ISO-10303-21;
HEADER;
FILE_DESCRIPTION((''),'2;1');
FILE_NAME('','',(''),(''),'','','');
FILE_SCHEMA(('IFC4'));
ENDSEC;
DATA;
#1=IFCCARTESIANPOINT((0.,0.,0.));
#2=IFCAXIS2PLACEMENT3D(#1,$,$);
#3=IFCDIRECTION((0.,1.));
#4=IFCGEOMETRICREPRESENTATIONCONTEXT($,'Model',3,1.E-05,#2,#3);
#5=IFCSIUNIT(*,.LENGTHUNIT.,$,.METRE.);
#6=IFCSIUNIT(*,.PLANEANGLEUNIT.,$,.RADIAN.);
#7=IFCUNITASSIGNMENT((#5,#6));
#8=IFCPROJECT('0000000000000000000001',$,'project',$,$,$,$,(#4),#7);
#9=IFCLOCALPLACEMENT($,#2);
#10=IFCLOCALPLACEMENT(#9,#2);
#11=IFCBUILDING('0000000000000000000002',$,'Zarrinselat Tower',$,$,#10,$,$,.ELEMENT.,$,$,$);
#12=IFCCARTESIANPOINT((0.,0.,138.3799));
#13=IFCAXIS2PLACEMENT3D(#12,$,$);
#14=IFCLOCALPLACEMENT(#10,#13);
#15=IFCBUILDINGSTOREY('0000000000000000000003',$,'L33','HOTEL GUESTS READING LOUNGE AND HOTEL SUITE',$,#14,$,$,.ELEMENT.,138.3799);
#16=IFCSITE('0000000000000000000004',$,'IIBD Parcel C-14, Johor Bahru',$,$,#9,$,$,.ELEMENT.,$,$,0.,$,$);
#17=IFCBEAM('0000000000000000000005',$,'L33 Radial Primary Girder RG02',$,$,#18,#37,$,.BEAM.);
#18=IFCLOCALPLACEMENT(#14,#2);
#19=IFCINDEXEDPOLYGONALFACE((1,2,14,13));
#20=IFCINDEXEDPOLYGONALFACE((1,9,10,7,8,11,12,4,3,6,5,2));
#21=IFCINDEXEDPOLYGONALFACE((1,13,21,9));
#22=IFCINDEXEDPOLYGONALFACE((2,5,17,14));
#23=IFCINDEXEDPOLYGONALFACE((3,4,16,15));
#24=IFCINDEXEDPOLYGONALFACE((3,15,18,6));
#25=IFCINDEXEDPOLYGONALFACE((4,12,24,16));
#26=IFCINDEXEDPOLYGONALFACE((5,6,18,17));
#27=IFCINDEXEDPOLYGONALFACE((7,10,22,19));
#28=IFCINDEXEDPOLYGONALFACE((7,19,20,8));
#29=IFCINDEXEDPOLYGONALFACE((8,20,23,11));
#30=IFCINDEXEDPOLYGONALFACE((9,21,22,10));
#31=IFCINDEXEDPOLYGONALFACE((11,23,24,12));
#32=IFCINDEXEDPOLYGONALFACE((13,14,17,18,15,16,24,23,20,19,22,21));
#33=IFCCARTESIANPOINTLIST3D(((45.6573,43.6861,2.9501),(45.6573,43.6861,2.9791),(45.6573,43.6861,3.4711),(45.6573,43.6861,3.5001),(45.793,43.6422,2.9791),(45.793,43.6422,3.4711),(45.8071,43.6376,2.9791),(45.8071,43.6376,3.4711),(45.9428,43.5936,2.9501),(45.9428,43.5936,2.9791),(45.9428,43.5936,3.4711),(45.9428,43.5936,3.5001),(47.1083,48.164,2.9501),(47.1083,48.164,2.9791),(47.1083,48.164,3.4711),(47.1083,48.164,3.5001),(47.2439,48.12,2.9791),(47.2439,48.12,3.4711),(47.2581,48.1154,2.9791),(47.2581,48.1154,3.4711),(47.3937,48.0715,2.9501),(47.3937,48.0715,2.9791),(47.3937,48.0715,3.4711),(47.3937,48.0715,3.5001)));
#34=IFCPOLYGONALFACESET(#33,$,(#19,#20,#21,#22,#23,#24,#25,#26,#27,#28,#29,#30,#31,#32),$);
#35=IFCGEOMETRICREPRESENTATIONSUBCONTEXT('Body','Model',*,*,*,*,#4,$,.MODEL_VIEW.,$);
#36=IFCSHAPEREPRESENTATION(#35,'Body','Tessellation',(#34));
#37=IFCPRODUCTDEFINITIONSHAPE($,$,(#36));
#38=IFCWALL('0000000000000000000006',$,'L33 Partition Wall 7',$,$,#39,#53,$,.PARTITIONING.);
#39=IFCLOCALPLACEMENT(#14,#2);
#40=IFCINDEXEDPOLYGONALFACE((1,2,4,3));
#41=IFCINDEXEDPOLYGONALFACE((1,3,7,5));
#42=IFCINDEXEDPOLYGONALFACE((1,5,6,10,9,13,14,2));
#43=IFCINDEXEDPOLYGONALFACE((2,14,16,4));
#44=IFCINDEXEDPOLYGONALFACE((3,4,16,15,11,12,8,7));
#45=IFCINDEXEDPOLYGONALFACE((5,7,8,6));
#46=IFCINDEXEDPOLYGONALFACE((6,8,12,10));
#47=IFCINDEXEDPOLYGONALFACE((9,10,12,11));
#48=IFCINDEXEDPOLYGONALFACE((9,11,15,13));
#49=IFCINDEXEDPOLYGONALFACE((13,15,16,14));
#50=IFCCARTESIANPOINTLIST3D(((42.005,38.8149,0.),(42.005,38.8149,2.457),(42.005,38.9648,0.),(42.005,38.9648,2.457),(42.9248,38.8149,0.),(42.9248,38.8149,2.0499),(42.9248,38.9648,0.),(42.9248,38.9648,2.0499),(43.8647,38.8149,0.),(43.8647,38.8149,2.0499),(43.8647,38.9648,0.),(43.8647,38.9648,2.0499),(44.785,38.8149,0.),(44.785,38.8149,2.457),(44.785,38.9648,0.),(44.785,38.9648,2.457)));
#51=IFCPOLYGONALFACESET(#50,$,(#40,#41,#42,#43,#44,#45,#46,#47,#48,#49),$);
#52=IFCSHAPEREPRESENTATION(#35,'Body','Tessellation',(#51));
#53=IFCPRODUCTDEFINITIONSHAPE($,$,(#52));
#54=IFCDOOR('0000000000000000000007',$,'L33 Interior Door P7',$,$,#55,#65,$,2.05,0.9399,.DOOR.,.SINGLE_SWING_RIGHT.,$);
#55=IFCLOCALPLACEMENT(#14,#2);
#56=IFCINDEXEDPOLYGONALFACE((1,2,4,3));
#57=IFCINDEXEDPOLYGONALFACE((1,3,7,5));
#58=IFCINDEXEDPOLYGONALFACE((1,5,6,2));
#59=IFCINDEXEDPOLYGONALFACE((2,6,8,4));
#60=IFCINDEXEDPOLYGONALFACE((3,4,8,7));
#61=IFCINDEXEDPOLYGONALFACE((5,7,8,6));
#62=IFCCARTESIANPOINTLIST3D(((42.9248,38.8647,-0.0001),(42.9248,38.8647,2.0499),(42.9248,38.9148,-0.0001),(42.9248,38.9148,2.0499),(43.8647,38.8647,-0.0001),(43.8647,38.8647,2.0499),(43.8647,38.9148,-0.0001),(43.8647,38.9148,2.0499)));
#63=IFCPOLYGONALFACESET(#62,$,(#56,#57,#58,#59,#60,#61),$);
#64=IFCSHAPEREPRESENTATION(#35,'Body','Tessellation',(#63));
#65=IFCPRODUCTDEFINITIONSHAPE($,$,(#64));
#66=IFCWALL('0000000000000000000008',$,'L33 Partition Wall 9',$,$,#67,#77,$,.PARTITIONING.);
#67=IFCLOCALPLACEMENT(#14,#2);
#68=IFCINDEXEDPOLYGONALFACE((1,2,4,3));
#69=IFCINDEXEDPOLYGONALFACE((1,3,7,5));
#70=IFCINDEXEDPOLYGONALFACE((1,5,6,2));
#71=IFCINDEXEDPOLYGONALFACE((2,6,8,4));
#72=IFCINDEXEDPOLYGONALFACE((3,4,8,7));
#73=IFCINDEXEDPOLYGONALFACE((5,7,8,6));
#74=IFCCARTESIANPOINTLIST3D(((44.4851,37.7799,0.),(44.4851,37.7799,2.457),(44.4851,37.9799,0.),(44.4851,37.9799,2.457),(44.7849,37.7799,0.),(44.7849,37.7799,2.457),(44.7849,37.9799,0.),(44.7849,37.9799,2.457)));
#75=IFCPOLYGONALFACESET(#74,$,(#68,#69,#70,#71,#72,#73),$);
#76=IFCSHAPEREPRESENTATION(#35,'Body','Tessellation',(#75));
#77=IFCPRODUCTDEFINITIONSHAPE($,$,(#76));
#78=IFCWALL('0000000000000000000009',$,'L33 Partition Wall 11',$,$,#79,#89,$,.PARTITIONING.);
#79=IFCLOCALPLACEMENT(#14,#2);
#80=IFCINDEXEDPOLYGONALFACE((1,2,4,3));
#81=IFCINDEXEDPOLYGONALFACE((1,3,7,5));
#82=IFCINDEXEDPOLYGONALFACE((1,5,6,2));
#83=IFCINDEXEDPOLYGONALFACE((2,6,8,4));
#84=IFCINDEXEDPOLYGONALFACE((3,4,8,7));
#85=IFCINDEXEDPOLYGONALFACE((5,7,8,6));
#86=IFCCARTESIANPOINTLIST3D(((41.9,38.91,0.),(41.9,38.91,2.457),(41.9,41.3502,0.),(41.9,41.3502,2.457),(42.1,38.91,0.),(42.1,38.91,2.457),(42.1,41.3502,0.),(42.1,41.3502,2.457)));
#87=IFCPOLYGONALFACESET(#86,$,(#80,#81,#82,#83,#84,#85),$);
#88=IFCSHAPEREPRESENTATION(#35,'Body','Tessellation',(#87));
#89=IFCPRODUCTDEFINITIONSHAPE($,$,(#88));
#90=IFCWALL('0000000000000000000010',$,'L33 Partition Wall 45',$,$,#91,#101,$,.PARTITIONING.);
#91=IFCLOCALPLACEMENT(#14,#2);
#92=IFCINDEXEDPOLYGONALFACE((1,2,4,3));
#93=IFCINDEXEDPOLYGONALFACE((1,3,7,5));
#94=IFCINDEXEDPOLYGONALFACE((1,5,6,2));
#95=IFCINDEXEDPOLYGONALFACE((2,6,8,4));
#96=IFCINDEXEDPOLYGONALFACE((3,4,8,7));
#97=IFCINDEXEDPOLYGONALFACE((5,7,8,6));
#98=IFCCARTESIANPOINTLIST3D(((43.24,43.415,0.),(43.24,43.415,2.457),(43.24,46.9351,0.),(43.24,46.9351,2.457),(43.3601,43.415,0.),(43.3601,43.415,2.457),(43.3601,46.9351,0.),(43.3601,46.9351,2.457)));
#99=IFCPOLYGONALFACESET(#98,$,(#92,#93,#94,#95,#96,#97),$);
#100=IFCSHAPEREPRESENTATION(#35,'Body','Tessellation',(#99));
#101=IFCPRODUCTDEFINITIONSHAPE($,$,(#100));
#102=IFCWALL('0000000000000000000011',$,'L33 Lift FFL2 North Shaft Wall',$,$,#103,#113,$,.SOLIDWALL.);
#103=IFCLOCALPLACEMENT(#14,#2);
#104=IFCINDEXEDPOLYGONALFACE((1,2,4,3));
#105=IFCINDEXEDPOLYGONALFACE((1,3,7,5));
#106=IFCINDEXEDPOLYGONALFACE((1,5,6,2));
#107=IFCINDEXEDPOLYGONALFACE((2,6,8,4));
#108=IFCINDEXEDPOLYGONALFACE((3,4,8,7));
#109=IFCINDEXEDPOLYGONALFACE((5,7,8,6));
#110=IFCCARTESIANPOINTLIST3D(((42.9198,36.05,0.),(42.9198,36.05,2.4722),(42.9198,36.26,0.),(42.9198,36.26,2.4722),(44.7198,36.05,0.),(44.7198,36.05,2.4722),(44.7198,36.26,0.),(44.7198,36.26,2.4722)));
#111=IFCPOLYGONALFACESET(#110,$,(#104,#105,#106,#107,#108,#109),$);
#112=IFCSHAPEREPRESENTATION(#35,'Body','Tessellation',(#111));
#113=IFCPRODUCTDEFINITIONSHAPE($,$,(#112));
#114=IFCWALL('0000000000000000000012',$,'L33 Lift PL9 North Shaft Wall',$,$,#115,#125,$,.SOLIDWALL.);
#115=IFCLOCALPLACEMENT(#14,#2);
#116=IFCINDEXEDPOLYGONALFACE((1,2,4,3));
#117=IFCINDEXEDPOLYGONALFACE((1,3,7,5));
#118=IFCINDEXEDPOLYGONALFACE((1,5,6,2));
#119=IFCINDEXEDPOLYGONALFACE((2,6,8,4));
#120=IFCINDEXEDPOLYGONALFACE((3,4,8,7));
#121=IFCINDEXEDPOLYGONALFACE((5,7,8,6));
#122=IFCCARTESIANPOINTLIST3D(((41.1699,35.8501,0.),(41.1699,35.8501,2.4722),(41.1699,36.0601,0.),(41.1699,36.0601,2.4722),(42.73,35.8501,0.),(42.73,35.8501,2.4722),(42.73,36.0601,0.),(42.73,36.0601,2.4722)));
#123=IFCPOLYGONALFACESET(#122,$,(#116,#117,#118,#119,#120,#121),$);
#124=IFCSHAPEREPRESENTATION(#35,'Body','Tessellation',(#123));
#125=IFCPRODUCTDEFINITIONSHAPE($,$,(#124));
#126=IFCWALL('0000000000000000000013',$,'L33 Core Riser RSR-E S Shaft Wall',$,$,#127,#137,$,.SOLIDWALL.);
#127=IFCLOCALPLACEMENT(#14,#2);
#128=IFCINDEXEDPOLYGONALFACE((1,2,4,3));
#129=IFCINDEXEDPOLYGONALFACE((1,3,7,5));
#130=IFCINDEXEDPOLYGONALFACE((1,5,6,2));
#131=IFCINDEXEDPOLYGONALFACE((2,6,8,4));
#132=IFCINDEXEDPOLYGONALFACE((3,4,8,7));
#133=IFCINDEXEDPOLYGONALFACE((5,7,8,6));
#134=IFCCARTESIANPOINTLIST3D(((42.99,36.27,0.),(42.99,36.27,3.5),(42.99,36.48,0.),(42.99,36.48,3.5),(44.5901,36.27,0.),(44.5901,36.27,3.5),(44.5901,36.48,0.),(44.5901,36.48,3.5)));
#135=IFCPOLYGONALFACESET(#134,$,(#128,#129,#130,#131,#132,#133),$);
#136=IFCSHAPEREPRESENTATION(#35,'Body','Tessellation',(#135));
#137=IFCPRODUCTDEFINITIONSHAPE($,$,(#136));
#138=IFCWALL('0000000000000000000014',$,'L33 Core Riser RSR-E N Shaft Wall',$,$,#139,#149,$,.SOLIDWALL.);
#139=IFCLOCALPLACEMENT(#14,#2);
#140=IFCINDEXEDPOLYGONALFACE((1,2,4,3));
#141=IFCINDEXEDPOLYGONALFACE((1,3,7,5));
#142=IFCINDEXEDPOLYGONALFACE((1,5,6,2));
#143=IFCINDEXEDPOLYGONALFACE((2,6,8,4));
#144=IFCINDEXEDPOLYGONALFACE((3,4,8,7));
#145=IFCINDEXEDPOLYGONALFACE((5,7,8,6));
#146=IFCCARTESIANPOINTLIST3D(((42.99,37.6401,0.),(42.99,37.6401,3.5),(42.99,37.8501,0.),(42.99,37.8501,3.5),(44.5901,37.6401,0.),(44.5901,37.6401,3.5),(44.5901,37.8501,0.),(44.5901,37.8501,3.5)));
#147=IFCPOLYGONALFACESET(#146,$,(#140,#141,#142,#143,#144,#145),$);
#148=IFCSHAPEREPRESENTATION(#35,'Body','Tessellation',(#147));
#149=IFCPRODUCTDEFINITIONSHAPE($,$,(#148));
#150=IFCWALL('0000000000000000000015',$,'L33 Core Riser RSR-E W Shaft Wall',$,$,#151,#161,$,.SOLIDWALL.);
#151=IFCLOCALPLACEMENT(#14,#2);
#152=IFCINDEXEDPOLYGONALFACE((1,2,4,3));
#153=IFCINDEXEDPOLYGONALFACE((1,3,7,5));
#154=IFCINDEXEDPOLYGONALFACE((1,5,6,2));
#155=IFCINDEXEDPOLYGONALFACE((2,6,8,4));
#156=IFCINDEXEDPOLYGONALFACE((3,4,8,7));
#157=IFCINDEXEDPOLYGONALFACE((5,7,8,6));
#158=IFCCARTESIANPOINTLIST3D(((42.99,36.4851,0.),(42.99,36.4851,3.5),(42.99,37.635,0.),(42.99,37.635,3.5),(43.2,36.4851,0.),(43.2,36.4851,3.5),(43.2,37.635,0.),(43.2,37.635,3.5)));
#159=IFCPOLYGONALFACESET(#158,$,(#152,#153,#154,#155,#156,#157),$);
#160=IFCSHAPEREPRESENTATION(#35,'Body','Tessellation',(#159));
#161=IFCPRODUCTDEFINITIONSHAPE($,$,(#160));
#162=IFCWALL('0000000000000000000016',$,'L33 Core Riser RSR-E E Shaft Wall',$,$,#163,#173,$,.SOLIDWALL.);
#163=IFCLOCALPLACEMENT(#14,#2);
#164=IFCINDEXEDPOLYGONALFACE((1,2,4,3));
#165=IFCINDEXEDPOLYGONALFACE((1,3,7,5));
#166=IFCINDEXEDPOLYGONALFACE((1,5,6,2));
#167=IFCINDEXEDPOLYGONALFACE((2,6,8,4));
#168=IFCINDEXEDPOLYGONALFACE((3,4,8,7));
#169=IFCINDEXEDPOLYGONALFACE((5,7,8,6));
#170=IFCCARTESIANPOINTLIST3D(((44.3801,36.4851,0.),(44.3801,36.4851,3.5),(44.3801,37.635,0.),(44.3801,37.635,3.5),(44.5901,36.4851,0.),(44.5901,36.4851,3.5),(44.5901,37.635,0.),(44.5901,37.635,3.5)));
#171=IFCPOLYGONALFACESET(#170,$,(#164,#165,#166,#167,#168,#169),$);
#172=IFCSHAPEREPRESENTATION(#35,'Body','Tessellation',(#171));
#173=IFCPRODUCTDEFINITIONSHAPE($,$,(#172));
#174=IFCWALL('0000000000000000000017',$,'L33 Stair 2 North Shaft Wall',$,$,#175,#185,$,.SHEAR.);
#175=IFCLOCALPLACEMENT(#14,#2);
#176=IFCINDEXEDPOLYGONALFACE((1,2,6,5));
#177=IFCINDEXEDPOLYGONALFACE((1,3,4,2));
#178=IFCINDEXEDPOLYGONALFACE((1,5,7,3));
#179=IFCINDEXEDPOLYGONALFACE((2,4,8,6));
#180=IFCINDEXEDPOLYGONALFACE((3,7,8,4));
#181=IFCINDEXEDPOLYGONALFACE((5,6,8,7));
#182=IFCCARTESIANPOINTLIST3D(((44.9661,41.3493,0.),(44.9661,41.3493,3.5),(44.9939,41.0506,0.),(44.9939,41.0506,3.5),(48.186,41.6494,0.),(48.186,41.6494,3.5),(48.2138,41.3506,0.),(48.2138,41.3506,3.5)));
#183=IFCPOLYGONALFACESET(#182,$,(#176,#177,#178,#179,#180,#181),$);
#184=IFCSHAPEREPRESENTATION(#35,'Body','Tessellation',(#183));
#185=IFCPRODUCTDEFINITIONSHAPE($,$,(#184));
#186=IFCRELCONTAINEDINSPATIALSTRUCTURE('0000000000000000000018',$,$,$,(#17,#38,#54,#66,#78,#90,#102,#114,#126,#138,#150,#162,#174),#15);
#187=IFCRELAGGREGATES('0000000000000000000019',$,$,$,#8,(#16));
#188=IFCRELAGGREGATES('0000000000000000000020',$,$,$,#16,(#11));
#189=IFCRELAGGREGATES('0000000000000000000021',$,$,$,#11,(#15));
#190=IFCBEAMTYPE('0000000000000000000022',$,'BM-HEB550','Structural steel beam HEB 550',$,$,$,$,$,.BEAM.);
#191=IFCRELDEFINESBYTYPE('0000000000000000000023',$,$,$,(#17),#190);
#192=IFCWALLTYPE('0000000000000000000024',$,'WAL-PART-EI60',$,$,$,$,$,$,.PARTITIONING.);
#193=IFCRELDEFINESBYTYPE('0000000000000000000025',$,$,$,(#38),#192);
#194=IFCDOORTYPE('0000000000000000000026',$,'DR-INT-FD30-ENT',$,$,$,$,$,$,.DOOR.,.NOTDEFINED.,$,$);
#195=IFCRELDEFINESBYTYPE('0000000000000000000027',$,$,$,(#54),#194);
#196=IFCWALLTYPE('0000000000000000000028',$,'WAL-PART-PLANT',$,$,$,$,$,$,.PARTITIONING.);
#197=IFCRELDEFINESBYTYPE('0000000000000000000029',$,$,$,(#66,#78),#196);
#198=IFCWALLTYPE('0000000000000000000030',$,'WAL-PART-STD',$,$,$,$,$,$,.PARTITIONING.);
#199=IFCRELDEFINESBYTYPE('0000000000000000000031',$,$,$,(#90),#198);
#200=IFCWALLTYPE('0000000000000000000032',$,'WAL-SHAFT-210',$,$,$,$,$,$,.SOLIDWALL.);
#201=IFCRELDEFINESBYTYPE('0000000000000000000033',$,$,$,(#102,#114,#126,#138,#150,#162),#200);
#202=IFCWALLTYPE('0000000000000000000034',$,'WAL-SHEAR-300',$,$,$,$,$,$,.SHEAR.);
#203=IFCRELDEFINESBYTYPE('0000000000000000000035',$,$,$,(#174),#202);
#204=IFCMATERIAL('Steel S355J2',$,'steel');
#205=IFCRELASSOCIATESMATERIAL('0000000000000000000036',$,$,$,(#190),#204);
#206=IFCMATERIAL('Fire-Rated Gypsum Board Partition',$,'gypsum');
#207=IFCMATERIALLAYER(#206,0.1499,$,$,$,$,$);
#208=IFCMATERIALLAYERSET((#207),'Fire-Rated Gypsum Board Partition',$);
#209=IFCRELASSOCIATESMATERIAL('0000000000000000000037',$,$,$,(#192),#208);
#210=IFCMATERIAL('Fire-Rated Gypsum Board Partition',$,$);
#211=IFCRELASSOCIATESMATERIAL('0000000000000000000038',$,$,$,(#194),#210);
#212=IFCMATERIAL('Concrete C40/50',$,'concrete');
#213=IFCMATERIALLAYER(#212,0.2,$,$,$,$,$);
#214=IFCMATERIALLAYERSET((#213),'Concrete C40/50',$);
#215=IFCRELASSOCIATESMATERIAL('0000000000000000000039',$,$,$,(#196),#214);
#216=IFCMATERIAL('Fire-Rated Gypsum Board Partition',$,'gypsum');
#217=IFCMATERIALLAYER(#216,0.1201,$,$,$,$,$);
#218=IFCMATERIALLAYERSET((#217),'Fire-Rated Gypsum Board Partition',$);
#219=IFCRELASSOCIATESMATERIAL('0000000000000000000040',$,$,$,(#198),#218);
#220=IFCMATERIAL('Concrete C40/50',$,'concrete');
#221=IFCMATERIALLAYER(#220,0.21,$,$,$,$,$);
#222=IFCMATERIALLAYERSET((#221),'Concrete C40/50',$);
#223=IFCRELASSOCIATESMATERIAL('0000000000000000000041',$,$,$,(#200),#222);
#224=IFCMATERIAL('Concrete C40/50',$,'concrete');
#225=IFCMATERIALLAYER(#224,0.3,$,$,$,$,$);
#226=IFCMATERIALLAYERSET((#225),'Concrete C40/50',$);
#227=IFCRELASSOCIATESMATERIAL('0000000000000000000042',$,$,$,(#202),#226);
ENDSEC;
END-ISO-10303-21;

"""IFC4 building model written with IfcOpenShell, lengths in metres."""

from ifc_helpers import new_model, si_unit, direction, frame, frame_2d, origin, origin_2d, place, context, subcontext, project, spatial, rectangle, i_section, extrude, material, layer, layer_set, material_profile, profile_set, type_object, element, fill, save


model = new_model("IFC4")

# Units and contexts
model_context = context("Model", 3, precision=1e-05, world=origin(), true_north=direction((0.0, 1.0)))
body_context = subcontext(model_context, "Body", "Model", "MODEL_VIEW")
ifc_project = project(units=[si_unit("LENGTHUNIT", "METRE"), si_unit("PLANEANGLEUNIT", "RADIAN")], contexts=[model_context])

# Site, building, storey
site_placement = place(None, origin())
site = spatial("IfcSite", under=ifc_project, at=site_placement, Name="IIBD Parcel C-14, Johor Bahru", CompositionType="ELEMENT", RefElevation=0.0)
building_placement = place(site_placement, origin())
building = spatial("IfcBuilding", under=site, at=building_placement, Name="Zarrinselat Tower", CompositionType="ELEMENT")
storey_placement = place(building_placement, frame((0.0, 0.0, 138.3799)))
storey = spatial("IfcBuildingStorey", under=building, at=storey_placement, Name="L33", Description="HOTEL GUESTS READING LOUNGE AND HOTEL SUITE", CompositionType="ELEMENT", Elevation=138.3799)

# Beam
ifc_material_1 = material(Name="Steel S355J2", Category="steel")
ifc_material_profile = material_profile(ifc_material_1, i_section(OverallWidth=0.3, OverallDepth=0.55, WebThickness=0.0149, FlangeThickness=0.0291, at=origin_2d()), Name="HEB 550")
ifc_profile_set = profile_set([ifc_material_profile], Name="Steel S355J2")
beam_type = type_object("IfcBeamType", Name="BM-HEB550", Description="Structural steel beam HEB 550", PredefinedType="BEAM", material=ifc_profile_set)
beam_placement = place(storey_placement, frame((45.8, 43.6399, 3.2251), z_axis=(0.30825, 0.951305, 0.0), x_axis=(-0.951305, 0.30825, 0.0)))
element("IfcBeam", 1, at=beam_placement, inside=storey, type_object=beam_type, Name="L33 Radial Primary Girder RG02", PredefinedType="BEAM", context=body_context, shape_type="SweptSolid", body=[
    extrude(i_section(OverallWidth=0.3, OverallDepth=0.55, WebThickness=0.0149, FlangeThickness=0.0291, at=origin_2d()), origin(), (0.0, 0.0, 1.0), 4.707),
])

# Wall, opening, door
ifc_material_2 = material(Name="Fire-Rated Gypsum Board Partition", Category="gypsum")
ifc_layer_1 = layer(ifc_material_2, 0.1499)
ifc_layer_set_1 = layer_set([ifc_layer_1], Name="Fire-Rated Gypsum Board Partition")
wall_type_1 = type_object("IfcWallType", Name="WAL-PART-EI60", PredefinedType="PARTITIONING", material=ifc_layer_set_1)
wall_1_placement = place(storey_placement, frame((42.0049, 38.8899, 0.0), z_axis=(0.0, 0.0, 1.0), x_axis=(1.0, 0.0, 0.0)))
wall_1 = element("IfcWall", 2, at=wall_1_placement, inside=storey, type_object=wall_type_1, Name="L33 Partition Wall 7", PredefinedType="PARTITIONING", context=body_context, shape_type="SweptSolid", body=[
    extrude(rectangle(XDim=2.78, YDim=0.1499, at=frame_2d((1.3901, 0.0))), origin(), (0.0, 0.0, 1.0), 2.457),
])
opening_placement = place(wall_1_placement, frame((0.9199, 0.0, 0.0)))
opening = element("IfcOpeningElement", 3, at=opening_placement, cuts=wall_1, PredefinedType="OPENING", context=body_context, shape_type="SweptSolid", body=[
    extrude(rectangle(XDim=0.9399, YDim=2.05, at=frame_2d((0.47, 1.0249))), frame((0.0, 0.085, 0.0), z_axis=(0.0, -1.0, 0.0), x_axis=(1.0, 0.0, 0.0)), (0.0, 0.0, 1.0), 0.1699),
])
ifc_material_3 = material(Name="Fire-Rated Gypsum Board Partition")
door_type = type_object("IfcDoorType", Name="DR-INT-FD30-ENT", OperationType="NOTDEFINED", PredefinedType="DOOR", material=ifc_material_3)
door_placement = place(opening_placement, origin())
door = element("IfcDoor", 4, at=door_placement, inside=storey, type_object=door_type, Name="L33 Interior Door P7", OperationType="SINGLE_SWING_RIGHT", OverallHeight=2.05, OverallWidth=0.9399, PredefinedType="DOOR", context=body_context, shape_type="SweptSolid", body=[
    extrude(rectangle(XDim=0.9399, YDim=2.05, at=frame_2d((0.47, 1.0249))), frame((0.0, 0.0249, 0.0), z_axis=(0.0, -1.0, 0.0), x_axis=(1.0, 0.0, 0.0)), (0.0, 0.0, 1.0), 0.05),
])
fill(opening, door)

# Walls
ifc_material_4 = material(Name="Concrete C40/50", Category="concrete")
ifc_layer_2 = layer(ifc_material_4, 0.2)
ifc_layer_set_2 = layer_set([ifc_layer_2], Name="Concrete C40/50")
wall_type_2 = type_object("IfcWallType", Name="WAL-PART-PLANT", PredefinedType="PARTITIONING", material=ifc_layer_set_2)
wall_2_placement = place(storey_placement, frame((44.4851, 37.8799, 0.0), z_axis=(0.0, 0.0, 1.0), x_axis=(1.0, 0.0, 0.0)))
element("IfcWall", 5, at=wall_2_placement, inside=storey, type_object=wall_type_2, Name="L33 Partition Wall 9", PredefinedType="PARTITIONING", context=body_context, shape_type="SweptSolid", body=[
    extrude(rectangle(XDim=0.2998, YDim=0.2, at=frame_2d((0.1499, 0.0))), origin(), (0.0, 0.0, 1.0), 2.457),
])
wall_3_placement = place(storey_placement, frame((42.0, 38.9099, 0.0), z_axis=(0.0, 0.0, 1.0), x_axis=(0.0, 1.0, 0.0)))
element("IfcWall", 6, at=wall_3_placement, inside=storey, type_object=wall_type_2, Name="L33 Partition Wall 11", PredefinedType="PARTITIONING", context=body_context, shape_type="SweptSolid", body=[
    extrude(rectangle(XDim=2.4402, YDim=0.2, at=frame_2d((1.2202, 0.0))), origin(), (0.0, 0.0, 1.0), 2.457),
])
ifc_material_5 = material(Name="Fire-Rated Gypsum Board Partition", Category="gypsum")
ifc_layer_3 = layer(ifc_material_5, 0.1201)
ifc_layer_set_3 = layer_set([ifc_layer_3], Name="Fire-Rated Gypsum Board Partition")
wall_type_3 = type_object("IfcWallType", Name="WAL-PART-STD", PredefinedType="PARTITIONING", material=ifc_layer_set_3)
wall_4_placement = place(storey_placement, frame((43.3, 43.415, 0.0), z_axis=(0.0, 0.0, 1.0), x_axis=(0.0, 1.0, 0.0)))
element("IfcWall", 7, at=wall_4_placement, inside=storey, type_object=wall_type_3, Name="L33 Partition Wall 45", PredefinedType="PARTITIONING", context=body_context, shape_type="SweptSolid", body=[
    extrude(rectangle(XDim=3.52, YDim=0.1201, at=frame_2d((1.76, 0.0))), origin(), (0.0, 0.0, 1.0), 2.457),
])
ifc_material_6 = material(Name="Concrete C40/50", Category="concrete")
ifc_layer_4 = layer(ifc_material_6, 0.21)
ifc_layer_set_4 = layer_set([ifc_layer_4], Name="Concrete C40/50")
wall_type_4 = type_object("IfcWallType", Name="WAL-SHAFT-210", PredefinedType="SOLIDWALL", material=ifc_layer_set_4)
wall_5_placement = place(storey_placement, frame((42.9199, 36.155, 0.0), z_axis=(0.0, 0.0, 1.0), x_axis=(1.0, 0.0, 0.0)))
element("IfcWall", 8, at=wall_5_placement, inside=storey, type_object=wall_type_4, Name="L33 Lift FFL2 North Shaft Wall", PredefinedType="SOLIDWALL", context=body_context, shape_type="SweptSolid", body=[
    extrude(rectangle(XDim=1.8, YDim=0.21, at=frame_2d((0.8999, 0.0))), origin(), (0.0, 0.0, 1.0), 2.4722),
])
wall_6_placement = place(storey_placement, frame((41.1699, 35.9551, 0.0), z_axis=(0.0, 0.0, 1.0), x_axis=(1.0, 0.0, 0.0)))
element("IfcWall", 9, at=wall_6_placement, inside=storey, type_object=wall_type_4, Name="L33 Lift PL9 North Shaft Wall", PredefinedType="SOLIDWALL", context=body_context, shape_type="SweptSolid", body=[
    extrude(rectangle(XDim=1.5601, YDim=0.21, at=frame_2d((0.78, 0.0))), origin(), (0.0, 0.0, 1.0), 2.4722),
])
for number, where, z_axis, x_axis, name in (
    (10, (42.99, 36.375, 0.0), (0.0, 0.0, 1.0), (1.0, 0.0, 0.0), "L33 Core Riser RSR-E S Shaft Wall"),
    (11, (42.99, 37.7451, 0.0), (0.0, 0.0, 1.0), (1.0, 0.0, 0.0), "L33 Core Riser RSR-E N Shaft Wall"),
):
    element("IfcWall", number, at=place(storey_placement, frame(where, z_axis=z_axis, x_axis=x_axis)), inside=storey, type_object=wall_type_4, Name=name, PredefinedType="SOLIDWALL", context=body_context, shape_type="SweptSolid", body=[
        extrude(rectangle(XDim=1.6001, YDim=0.21, at=frame_2d((0.8, 0.0))), origin(), (0.0, 0.0, 1.0), 3.5),
    ])
for number, where, z_axis, x_axis, name in (
    (12, (43.095, 36.4851, 0.0), (0.0, 0.0, 1.0), (0.0, 1.0, 0.0), "L33 Core Riser RSR-E W Shaft Wall"),
    (13, (44.4851, 36.4851, 0.0), (0.0, 0.0, 1.0), (0.0, 1.0, 0.0), "L33 Core Riser RSR-E E Shaft Wall"),
):
    element("IfcWall", number, at=place(storey_placement, frame(where, z_axis=z_axis, x_axis=x_axis)), inside=storey, type_object=wall_type_4, Name=name, PredefinedType="SOLIDWALL", context=body_context, shape_type="SweptSolid", body=[
        extrude(rectangle(XDim=1.1499, YDim=0.21, at=frame_2d((0.575, 0.0))), origin(), (0.0, 0.0, 1.0), 3.5),
    ])
ifc_material_7 = material(Name="Concrete C40/50", Category="concrete")
ifc_layer_5 = layer(ifc_material_7, 0.3)
ifc_layer_set_5 = layer_set([ifc_layer_5], Name="Concrete C40/50")
wall_type_5 = type_object("IfcWallType", Name="WAL-SHEAR-300", PredefinedType="SHEAR", material=ifc_layer_set_5)
wall_7_placement = place(storey_placement, frame((44.98, 41.2, 0.0), z_axis=(0.0, 0.0, 1.0), x_axis=(0.995686, 0.092782, 0.0)))
element("IfcWall", 14, at=wall_7_placement, inside=storey, type_object=wall_type_5, Name="L33 Stair 2 North Shaft Wall", PredefinedType="SHEAR", context=body_context, shape_type="SweptSolid", body=[
    extrude(rectangle(XDim=3.2339, YDim=0.3, at=frame_2d((1.6169, 0.0))), origin(), (0.0, 0.0, 1.0), 3.5),
])

save(model, "model.ifc")
